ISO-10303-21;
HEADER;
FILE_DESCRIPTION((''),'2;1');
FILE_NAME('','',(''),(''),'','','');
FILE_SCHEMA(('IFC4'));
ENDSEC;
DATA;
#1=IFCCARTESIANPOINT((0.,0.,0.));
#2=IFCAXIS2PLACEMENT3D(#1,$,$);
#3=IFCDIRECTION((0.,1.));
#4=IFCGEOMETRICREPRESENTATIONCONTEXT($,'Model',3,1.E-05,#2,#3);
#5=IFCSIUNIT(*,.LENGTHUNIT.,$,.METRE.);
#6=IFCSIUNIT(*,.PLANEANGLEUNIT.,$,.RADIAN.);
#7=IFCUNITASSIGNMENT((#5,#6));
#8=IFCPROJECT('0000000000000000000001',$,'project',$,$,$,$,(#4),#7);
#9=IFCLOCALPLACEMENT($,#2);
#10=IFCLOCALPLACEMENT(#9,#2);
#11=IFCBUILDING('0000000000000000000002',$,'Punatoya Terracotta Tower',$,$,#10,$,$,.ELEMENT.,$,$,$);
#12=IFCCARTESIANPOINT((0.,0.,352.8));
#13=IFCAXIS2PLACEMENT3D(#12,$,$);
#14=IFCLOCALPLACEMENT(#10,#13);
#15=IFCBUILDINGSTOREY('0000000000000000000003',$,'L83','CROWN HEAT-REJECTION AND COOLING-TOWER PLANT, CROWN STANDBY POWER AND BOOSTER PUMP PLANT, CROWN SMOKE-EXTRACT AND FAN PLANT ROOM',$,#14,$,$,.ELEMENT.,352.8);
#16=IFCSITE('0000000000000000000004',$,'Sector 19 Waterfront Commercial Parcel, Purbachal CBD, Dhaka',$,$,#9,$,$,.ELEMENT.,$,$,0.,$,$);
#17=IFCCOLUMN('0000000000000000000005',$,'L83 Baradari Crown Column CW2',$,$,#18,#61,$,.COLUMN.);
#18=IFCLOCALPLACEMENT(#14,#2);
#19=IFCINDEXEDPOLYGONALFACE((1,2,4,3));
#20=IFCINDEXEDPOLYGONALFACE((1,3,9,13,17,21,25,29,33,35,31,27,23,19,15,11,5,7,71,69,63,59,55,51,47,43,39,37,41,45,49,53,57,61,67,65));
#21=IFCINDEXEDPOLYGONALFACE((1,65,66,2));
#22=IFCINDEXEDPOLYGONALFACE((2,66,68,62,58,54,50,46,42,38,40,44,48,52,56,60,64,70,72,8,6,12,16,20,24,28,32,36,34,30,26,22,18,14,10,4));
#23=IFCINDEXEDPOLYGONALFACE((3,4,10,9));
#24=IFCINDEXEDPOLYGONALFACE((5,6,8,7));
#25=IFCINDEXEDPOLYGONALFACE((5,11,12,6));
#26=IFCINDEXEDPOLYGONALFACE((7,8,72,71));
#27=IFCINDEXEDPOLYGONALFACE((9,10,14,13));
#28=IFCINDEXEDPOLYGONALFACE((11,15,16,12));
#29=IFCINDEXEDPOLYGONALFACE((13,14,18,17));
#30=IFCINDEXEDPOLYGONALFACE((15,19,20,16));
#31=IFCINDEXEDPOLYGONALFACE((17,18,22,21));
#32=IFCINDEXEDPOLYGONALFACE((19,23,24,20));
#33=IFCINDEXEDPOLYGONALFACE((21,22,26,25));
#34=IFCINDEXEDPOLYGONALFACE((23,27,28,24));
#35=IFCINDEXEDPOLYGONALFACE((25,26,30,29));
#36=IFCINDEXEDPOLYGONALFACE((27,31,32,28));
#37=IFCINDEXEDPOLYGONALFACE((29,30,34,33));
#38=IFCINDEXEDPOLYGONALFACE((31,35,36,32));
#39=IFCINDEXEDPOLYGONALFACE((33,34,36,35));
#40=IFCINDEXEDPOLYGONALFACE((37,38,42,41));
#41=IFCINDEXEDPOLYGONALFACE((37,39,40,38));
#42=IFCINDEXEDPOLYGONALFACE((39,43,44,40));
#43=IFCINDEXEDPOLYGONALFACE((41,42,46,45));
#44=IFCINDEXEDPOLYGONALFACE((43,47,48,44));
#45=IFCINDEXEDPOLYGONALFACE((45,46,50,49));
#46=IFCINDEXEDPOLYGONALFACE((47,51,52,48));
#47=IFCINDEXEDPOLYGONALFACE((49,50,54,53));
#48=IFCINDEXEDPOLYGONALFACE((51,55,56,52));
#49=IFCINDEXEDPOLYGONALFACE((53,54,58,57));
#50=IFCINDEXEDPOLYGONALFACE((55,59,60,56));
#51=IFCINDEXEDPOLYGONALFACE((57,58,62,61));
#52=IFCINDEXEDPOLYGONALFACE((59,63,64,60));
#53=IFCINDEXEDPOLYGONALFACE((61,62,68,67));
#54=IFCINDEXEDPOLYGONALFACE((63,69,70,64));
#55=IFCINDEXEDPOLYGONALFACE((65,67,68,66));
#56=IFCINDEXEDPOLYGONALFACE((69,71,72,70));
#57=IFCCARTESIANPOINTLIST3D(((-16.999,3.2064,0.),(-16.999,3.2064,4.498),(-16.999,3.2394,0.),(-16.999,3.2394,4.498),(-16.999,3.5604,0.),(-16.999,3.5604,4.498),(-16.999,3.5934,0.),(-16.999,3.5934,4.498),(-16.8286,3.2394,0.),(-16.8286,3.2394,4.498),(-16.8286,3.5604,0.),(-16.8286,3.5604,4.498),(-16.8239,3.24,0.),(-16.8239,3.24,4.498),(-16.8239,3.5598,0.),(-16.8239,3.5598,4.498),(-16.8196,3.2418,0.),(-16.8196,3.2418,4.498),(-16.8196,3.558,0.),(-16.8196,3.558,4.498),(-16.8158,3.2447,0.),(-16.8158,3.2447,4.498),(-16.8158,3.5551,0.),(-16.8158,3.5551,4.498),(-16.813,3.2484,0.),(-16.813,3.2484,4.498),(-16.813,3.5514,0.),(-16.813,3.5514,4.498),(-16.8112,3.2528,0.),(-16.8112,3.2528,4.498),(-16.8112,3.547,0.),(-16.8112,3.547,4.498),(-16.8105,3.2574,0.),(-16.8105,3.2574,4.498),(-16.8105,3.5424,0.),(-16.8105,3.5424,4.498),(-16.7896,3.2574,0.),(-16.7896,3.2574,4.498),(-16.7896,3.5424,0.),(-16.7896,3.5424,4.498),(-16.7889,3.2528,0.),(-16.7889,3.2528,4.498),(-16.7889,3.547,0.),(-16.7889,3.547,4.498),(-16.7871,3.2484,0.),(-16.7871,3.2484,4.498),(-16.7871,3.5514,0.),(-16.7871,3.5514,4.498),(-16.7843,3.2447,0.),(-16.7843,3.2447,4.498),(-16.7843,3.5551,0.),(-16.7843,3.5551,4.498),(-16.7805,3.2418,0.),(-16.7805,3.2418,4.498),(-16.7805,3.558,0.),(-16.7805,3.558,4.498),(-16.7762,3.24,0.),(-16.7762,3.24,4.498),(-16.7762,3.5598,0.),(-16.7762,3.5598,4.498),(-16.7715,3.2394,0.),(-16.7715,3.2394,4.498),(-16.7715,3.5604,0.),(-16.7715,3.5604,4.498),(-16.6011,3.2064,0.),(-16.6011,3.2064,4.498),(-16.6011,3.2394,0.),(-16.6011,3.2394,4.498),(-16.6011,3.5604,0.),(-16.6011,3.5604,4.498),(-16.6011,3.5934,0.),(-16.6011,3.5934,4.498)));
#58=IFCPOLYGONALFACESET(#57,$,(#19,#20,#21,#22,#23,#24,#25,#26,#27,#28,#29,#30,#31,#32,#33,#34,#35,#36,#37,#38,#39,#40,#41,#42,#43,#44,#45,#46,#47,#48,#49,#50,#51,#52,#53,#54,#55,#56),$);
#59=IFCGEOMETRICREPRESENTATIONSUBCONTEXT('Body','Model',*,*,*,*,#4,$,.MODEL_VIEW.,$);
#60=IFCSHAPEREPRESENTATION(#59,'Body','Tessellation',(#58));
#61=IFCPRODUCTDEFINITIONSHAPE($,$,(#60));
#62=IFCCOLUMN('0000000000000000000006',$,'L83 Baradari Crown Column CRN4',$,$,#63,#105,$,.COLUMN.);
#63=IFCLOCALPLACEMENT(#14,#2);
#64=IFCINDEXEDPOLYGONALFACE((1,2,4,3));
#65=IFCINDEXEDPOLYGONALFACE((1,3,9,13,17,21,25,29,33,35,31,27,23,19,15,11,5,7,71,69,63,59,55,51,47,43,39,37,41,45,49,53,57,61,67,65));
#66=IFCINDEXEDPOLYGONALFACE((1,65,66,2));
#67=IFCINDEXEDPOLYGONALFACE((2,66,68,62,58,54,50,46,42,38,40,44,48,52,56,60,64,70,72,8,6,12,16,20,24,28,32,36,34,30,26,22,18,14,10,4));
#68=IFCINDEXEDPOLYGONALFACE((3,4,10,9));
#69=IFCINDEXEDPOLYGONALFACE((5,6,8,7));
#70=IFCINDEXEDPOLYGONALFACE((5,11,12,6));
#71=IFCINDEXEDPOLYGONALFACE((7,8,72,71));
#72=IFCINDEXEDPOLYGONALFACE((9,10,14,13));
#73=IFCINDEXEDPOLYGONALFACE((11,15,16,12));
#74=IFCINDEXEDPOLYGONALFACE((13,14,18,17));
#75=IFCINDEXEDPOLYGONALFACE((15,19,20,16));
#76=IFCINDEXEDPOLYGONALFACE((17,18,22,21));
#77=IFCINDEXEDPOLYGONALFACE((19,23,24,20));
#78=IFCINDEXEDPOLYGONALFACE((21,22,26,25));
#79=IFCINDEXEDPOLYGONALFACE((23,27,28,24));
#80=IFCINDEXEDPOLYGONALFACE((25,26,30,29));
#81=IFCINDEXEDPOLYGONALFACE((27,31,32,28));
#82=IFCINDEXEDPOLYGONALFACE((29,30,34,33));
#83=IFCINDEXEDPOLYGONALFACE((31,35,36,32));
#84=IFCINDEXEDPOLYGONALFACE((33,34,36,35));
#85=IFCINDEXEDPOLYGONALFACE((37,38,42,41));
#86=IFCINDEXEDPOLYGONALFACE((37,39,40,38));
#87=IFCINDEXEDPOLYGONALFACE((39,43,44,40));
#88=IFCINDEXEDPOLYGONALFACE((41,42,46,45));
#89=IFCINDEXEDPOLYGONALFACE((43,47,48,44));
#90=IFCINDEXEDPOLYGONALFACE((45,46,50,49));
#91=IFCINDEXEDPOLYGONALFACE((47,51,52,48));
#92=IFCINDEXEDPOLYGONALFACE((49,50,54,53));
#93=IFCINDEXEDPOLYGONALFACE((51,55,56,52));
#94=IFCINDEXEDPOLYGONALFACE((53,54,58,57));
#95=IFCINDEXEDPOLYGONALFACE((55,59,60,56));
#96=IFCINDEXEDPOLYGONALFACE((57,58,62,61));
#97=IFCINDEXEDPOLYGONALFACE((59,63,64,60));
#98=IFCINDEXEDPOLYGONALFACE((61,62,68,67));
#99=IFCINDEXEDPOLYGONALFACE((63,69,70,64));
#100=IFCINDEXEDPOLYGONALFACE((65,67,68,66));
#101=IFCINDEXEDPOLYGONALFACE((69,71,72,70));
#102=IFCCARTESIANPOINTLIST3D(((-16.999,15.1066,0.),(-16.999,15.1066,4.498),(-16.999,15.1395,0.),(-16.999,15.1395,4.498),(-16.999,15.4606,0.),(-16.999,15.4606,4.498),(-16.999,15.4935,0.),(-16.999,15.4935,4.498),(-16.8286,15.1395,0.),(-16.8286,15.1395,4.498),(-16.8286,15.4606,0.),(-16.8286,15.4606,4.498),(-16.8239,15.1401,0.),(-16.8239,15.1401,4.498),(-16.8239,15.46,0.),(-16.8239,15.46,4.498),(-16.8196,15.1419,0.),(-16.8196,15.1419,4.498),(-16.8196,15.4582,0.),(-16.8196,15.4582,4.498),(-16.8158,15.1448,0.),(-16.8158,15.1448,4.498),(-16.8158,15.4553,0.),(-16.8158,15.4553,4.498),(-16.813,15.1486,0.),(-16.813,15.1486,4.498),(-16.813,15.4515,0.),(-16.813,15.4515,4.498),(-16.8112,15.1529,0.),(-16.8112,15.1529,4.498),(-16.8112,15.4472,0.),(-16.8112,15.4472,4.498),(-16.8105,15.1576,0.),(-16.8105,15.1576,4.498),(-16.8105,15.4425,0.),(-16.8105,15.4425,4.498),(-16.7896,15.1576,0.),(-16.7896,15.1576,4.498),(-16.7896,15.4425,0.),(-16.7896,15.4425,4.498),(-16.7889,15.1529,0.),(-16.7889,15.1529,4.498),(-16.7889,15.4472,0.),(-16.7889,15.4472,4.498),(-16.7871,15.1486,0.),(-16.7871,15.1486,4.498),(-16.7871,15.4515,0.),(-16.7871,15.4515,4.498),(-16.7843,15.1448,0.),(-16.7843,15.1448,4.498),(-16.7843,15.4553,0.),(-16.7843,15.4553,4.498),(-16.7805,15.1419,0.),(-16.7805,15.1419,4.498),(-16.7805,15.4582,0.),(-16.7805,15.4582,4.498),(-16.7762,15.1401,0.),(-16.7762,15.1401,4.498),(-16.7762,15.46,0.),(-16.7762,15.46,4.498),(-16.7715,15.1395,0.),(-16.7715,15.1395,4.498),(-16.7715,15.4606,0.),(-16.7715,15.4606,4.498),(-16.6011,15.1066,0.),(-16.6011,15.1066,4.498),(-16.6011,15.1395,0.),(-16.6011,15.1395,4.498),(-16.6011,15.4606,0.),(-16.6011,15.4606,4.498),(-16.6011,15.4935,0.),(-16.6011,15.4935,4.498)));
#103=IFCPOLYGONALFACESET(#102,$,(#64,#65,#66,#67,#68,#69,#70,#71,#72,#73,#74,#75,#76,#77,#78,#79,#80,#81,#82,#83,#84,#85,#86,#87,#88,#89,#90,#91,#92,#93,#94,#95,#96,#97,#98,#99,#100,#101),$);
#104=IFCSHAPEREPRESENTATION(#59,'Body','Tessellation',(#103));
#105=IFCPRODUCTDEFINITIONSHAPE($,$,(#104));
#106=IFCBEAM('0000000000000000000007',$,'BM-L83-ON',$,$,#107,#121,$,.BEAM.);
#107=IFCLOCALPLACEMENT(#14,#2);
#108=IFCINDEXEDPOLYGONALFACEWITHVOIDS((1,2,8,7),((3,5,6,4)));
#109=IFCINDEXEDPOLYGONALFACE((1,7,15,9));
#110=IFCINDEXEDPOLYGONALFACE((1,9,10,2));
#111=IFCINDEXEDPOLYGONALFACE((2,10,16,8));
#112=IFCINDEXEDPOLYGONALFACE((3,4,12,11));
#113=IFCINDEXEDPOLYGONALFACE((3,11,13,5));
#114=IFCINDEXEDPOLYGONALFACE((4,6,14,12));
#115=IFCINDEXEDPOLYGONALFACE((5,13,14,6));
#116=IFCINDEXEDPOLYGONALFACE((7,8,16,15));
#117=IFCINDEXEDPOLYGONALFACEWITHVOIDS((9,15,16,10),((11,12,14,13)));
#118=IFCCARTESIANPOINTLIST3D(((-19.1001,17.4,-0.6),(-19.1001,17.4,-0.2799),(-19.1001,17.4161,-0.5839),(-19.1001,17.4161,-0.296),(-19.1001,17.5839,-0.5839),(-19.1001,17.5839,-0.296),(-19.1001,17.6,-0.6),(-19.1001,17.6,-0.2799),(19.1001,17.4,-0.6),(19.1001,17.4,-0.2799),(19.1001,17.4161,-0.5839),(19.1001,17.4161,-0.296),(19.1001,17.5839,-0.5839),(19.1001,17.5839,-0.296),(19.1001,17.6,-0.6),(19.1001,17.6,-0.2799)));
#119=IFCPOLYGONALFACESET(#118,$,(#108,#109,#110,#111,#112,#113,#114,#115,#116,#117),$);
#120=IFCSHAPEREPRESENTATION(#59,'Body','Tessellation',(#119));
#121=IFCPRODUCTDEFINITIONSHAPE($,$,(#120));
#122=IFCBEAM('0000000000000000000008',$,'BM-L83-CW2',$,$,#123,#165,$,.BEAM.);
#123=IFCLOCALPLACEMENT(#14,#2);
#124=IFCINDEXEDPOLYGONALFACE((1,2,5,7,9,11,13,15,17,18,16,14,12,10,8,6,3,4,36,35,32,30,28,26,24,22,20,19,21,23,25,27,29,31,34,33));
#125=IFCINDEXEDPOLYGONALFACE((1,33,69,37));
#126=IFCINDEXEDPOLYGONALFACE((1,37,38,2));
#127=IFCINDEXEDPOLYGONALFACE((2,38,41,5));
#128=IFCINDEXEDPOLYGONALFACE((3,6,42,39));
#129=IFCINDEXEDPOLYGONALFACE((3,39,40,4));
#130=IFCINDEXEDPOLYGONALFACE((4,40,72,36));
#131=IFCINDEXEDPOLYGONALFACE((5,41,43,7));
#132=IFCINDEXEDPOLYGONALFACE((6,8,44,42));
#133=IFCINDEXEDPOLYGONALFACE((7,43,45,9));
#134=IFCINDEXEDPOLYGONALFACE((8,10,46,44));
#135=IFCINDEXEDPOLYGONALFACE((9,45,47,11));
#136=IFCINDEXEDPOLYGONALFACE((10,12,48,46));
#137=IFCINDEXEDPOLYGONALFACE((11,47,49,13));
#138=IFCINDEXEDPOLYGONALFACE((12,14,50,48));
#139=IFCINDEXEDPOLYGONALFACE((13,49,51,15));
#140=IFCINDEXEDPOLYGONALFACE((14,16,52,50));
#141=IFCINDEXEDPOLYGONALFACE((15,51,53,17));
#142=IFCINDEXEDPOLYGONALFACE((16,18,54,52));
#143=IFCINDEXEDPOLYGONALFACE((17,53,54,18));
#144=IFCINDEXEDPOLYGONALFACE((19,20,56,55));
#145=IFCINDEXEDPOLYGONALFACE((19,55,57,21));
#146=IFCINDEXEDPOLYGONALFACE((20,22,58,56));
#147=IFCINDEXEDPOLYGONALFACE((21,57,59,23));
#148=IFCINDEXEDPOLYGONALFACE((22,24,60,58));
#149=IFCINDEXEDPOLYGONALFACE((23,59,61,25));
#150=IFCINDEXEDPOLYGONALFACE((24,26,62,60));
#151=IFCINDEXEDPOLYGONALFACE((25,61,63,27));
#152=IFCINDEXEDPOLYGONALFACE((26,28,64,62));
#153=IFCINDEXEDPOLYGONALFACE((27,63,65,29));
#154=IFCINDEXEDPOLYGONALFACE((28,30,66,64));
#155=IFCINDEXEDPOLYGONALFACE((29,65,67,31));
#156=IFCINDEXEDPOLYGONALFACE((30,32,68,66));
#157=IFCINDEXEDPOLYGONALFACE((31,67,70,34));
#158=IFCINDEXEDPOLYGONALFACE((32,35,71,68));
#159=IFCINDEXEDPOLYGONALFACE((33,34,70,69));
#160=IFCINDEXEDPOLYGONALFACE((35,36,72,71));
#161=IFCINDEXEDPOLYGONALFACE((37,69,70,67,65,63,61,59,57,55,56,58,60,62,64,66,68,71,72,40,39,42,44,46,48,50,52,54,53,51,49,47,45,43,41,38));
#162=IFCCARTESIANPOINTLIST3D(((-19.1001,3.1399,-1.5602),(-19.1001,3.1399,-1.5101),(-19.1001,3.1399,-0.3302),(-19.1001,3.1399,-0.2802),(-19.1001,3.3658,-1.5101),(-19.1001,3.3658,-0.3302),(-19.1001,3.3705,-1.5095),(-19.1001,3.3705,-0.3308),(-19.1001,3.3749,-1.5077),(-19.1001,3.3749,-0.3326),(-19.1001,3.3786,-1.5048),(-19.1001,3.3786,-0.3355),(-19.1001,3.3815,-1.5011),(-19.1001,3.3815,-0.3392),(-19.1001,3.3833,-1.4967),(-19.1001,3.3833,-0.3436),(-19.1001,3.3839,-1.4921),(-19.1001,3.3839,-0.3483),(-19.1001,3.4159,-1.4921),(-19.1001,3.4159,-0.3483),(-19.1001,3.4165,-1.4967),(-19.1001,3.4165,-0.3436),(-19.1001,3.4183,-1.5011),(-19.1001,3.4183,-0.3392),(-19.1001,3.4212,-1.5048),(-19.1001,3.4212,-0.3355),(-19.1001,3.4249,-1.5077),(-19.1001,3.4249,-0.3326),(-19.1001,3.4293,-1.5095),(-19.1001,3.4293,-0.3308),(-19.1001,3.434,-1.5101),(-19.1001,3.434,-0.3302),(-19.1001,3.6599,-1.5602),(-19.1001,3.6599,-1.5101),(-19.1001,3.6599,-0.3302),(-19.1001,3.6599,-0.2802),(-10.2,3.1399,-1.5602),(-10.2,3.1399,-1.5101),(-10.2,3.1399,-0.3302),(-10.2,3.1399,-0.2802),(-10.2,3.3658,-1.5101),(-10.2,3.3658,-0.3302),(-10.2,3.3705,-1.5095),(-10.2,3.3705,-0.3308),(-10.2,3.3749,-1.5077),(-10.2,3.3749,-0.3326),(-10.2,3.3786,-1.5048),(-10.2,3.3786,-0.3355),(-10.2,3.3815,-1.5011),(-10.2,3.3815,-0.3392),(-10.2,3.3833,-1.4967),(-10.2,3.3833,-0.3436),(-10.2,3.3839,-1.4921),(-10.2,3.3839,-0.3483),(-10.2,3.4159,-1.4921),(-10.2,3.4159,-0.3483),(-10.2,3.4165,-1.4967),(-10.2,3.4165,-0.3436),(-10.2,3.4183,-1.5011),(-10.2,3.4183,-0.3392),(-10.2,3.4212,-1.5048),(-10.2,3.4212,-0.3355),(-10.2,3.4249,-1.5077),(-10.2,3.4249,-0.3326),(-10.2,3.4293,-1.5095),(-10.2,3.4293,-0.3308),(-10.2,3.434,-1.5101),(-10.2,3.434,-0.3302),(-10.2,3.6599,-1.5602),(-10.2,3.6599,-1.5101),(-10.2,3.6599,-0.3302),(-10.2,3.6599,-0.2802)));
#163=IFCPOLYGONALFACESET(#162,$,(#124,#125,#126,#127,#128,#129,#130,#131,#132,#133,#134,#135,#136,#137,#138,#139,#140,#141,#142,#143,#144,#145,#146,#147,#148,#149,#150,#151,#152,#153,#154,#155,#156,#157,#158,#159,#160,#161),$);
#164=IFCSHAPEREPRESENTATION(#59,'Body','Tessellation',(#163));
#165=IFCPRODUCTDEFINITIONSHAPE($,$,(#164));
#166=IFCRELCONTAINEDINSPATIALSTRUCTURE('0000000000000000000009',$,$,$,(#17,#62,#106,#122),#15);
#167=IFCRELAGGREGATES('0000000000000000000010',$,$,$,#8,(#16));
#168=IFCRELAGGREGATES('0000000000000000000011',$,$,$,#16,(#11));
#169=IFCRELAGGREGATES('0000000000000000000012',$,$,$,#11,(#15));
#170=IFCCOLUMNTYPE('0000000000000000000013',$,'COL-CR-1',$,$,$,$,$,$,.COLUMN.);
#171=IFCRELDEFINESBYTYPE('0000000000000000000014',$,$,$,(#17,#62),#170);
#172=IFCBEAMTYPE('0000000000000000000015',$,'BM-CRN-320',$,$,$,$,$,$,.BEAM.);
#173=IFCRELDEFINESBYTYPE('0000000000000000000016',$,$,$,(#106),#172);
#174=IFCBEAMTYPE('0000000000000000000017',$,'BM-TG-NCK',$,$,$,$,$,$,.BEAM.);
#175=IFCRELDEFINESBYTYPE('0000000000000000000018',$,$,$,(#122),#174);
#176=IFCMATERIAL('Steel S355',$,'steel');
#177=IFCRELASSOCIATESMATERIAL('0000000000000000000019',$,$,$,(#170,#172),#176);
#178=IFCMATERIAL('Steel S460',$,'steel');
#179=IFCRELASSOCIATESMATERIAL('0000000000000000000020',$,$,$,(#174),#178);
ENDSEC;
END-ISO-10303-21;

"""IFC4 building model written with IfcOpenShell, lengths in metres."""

from ifc_helpers import new_model, si_unit, direction, frame, origin, origin_2d, place, context, subcontext, project, spatial, hollow_rectangle, i_section, extrude, material, material_profile, profile_set, type_object, element, save


model = new_model("IFC4")

# Units and contexts
model_context = context("Model", 3, precision=1e-05, world=origin(), true_north=direction((0.0, 1.0)))
body_context = subcontext(model_context, "Body", "Model", "MODEL_VIEW")
ifc_project = project(units=[si_unit("LENGTHUNIT", "METRE"), si_unit("PLANEANGLEUNIT", "RADIAN")], contexts=[model_context])

# Site, building, storey
site_placement = place(None, origin())
site = spatial("IfcSite", under=ifc_project, at=site_placement, Name="Sector 19 Waterfront Commercial Parcel, Purbachal CBD, Dhaka", CompositionType="ELEMENT", RefElevation=0.0)
building_placement = place(site_placement, origin())
building = spatial("IfcBuilding", under=site, at=building_placement, Name="Punatoya Terracotta Tower", CompositionType="ELEMENT")
storey_placement = place(building_placement, frame((0.0, 0.0, 352.8)))
storey = spatial("IfcBuildingStorey", under=building, at=storey_placement, Name="L83", Description="CROWN HEAT-REJECTION AND COOLING-TOWER PLANT, CROWN STANDBY POWER AND BOOSTER PUMP PLANT, CROWN SMOKE-EXTRACT AND FAN PLANT ROOM", CompositionType="ELEMENT", Elevation=352.8)

# Columns
ifc_material_1 = material(Name="Steel S355", Category="steel")
ifc_material_profile_1 = material_profile(ifc_material_1, i_section(OverallWidth=0.3979, OverallDepth=0.387, WebThickness=0.021, FlangeThickness=0.033, FilletRadius=0.0181, at=origin_2d()))
ifc_profile_set_1 = profile_set([ifc_material_profile_1], Name="Steel S355")
column_type = type_object("IfcColumnType", Name="COL-CR-1", PredefinedType="COLUMN", material=ifc_profile_set_1)
for number, where, z_axis, x_axis, name in (
    (1, (-16.8, 3.3999, 0.0), (0.0, 0.0, 1.0), (1.0, 0.0, 0.0), "L83 Baradari Crown Column CW2"),
    (2, (-16.8, 15.3, 0.0), (0.0, 0.0, 1.0), (1.0, 0.0, 0.0), "L83 Baradari Crown Column CRN4"),
):
    element("IfcColumn", number, at=place(storey_placement, frame(where, z_axis=z_axis, x_axis=x_axis)), inside=storey, type_object=column_type, Name=name, PredefinedType="COLUMN", context=body_context, shape_type="SweptSolid", body=[
        extrude(i_section(OverallWidth=0.3979, OverallDepth=0.387, WebThickness=0.021, FlangeThickness=0.033, FilletRadius=0.0181, at=origin_2d()), origin(), (0.0, 0.0, 1.0), 4.498),
    ])

# Beams
ifc_material_profile_2 = material_profile(ifc_material_1, hollow_rectangle(XDim=0.2, YDim=0.3201, WallThickness=0.0161, at=origin_2d()))
ifc_profile_set_2 = profile_set([ifc_material_profile_2], Name="Steel S355")
beam_type_1 = type_object("IfcBeamType", Name="BM-CRN-320", PredefinedType="BEAM", material=ifc_profile_set_2)
beam_1_placement = place(storey_placement, frame((-19.1001, 17.5, -0.4399), z_axis=(1.0, 0.0, 0.0), x_axis=(0.0, 1.0, 0.0)))
element("IfcBeam", 3, at=beam_1_placement, inside=storey, type_object=beam_type_1, Name="BM-L83-ON", PredefinedType="BEAM", context=body_context, shape_type="SweptSolid", body=[
    extrude(hollow_rectangle(XDim=0.2, YDim=0.3201, WallThickness=0.0161, at=origin_2d()), origin(), (0.0, 0.0, 1.0), 38.2002),
])
ifc_material_2 = material(Name="Steel S460", Category="steel")
ifc_material_profile_3 = material_profile(ifc_material_2, i_section(OverallWidth=0.52, OverallDepth=1.28, WebThickness=0.032, FlangeThickness=0.05, FilletRadius=0.0181, at=origin_2d()))
ifc_profile_set_3 = profile_set([ifc_material_profile_3], Name="Steel S460")
beam_type_2 = type_object("IfcBeamType", Name="BM-TG-NCK", PredefinedType="BEAM", material=ifc_profile_set_3)
beam_2_placement = place(storey_placement, frame((-19.1001, 3.3999, -0.9202), z_axis=(1.0, 0.0, 0.0), x_axis=(0.0, 1.0, 0.0)))
element("IfcBeam", 4, at=beam_2_placement, inside=storey, type_object=beam_type_2, Name="BM-L83-CW2", PredefinedType="BEAM", context=body_context, shape_type="SweptSolid", body=[
    extrude(i_section(OverallWidth=0.52, OverallDepth=1.28, WebThickness=0.032, FlangeThickness=0.05, FilletRadius=0.0181, at=origin_2d()), origin(), (0.0, 0.0, 1.0), 8.9001),
])

save(model, "model.ifc")
